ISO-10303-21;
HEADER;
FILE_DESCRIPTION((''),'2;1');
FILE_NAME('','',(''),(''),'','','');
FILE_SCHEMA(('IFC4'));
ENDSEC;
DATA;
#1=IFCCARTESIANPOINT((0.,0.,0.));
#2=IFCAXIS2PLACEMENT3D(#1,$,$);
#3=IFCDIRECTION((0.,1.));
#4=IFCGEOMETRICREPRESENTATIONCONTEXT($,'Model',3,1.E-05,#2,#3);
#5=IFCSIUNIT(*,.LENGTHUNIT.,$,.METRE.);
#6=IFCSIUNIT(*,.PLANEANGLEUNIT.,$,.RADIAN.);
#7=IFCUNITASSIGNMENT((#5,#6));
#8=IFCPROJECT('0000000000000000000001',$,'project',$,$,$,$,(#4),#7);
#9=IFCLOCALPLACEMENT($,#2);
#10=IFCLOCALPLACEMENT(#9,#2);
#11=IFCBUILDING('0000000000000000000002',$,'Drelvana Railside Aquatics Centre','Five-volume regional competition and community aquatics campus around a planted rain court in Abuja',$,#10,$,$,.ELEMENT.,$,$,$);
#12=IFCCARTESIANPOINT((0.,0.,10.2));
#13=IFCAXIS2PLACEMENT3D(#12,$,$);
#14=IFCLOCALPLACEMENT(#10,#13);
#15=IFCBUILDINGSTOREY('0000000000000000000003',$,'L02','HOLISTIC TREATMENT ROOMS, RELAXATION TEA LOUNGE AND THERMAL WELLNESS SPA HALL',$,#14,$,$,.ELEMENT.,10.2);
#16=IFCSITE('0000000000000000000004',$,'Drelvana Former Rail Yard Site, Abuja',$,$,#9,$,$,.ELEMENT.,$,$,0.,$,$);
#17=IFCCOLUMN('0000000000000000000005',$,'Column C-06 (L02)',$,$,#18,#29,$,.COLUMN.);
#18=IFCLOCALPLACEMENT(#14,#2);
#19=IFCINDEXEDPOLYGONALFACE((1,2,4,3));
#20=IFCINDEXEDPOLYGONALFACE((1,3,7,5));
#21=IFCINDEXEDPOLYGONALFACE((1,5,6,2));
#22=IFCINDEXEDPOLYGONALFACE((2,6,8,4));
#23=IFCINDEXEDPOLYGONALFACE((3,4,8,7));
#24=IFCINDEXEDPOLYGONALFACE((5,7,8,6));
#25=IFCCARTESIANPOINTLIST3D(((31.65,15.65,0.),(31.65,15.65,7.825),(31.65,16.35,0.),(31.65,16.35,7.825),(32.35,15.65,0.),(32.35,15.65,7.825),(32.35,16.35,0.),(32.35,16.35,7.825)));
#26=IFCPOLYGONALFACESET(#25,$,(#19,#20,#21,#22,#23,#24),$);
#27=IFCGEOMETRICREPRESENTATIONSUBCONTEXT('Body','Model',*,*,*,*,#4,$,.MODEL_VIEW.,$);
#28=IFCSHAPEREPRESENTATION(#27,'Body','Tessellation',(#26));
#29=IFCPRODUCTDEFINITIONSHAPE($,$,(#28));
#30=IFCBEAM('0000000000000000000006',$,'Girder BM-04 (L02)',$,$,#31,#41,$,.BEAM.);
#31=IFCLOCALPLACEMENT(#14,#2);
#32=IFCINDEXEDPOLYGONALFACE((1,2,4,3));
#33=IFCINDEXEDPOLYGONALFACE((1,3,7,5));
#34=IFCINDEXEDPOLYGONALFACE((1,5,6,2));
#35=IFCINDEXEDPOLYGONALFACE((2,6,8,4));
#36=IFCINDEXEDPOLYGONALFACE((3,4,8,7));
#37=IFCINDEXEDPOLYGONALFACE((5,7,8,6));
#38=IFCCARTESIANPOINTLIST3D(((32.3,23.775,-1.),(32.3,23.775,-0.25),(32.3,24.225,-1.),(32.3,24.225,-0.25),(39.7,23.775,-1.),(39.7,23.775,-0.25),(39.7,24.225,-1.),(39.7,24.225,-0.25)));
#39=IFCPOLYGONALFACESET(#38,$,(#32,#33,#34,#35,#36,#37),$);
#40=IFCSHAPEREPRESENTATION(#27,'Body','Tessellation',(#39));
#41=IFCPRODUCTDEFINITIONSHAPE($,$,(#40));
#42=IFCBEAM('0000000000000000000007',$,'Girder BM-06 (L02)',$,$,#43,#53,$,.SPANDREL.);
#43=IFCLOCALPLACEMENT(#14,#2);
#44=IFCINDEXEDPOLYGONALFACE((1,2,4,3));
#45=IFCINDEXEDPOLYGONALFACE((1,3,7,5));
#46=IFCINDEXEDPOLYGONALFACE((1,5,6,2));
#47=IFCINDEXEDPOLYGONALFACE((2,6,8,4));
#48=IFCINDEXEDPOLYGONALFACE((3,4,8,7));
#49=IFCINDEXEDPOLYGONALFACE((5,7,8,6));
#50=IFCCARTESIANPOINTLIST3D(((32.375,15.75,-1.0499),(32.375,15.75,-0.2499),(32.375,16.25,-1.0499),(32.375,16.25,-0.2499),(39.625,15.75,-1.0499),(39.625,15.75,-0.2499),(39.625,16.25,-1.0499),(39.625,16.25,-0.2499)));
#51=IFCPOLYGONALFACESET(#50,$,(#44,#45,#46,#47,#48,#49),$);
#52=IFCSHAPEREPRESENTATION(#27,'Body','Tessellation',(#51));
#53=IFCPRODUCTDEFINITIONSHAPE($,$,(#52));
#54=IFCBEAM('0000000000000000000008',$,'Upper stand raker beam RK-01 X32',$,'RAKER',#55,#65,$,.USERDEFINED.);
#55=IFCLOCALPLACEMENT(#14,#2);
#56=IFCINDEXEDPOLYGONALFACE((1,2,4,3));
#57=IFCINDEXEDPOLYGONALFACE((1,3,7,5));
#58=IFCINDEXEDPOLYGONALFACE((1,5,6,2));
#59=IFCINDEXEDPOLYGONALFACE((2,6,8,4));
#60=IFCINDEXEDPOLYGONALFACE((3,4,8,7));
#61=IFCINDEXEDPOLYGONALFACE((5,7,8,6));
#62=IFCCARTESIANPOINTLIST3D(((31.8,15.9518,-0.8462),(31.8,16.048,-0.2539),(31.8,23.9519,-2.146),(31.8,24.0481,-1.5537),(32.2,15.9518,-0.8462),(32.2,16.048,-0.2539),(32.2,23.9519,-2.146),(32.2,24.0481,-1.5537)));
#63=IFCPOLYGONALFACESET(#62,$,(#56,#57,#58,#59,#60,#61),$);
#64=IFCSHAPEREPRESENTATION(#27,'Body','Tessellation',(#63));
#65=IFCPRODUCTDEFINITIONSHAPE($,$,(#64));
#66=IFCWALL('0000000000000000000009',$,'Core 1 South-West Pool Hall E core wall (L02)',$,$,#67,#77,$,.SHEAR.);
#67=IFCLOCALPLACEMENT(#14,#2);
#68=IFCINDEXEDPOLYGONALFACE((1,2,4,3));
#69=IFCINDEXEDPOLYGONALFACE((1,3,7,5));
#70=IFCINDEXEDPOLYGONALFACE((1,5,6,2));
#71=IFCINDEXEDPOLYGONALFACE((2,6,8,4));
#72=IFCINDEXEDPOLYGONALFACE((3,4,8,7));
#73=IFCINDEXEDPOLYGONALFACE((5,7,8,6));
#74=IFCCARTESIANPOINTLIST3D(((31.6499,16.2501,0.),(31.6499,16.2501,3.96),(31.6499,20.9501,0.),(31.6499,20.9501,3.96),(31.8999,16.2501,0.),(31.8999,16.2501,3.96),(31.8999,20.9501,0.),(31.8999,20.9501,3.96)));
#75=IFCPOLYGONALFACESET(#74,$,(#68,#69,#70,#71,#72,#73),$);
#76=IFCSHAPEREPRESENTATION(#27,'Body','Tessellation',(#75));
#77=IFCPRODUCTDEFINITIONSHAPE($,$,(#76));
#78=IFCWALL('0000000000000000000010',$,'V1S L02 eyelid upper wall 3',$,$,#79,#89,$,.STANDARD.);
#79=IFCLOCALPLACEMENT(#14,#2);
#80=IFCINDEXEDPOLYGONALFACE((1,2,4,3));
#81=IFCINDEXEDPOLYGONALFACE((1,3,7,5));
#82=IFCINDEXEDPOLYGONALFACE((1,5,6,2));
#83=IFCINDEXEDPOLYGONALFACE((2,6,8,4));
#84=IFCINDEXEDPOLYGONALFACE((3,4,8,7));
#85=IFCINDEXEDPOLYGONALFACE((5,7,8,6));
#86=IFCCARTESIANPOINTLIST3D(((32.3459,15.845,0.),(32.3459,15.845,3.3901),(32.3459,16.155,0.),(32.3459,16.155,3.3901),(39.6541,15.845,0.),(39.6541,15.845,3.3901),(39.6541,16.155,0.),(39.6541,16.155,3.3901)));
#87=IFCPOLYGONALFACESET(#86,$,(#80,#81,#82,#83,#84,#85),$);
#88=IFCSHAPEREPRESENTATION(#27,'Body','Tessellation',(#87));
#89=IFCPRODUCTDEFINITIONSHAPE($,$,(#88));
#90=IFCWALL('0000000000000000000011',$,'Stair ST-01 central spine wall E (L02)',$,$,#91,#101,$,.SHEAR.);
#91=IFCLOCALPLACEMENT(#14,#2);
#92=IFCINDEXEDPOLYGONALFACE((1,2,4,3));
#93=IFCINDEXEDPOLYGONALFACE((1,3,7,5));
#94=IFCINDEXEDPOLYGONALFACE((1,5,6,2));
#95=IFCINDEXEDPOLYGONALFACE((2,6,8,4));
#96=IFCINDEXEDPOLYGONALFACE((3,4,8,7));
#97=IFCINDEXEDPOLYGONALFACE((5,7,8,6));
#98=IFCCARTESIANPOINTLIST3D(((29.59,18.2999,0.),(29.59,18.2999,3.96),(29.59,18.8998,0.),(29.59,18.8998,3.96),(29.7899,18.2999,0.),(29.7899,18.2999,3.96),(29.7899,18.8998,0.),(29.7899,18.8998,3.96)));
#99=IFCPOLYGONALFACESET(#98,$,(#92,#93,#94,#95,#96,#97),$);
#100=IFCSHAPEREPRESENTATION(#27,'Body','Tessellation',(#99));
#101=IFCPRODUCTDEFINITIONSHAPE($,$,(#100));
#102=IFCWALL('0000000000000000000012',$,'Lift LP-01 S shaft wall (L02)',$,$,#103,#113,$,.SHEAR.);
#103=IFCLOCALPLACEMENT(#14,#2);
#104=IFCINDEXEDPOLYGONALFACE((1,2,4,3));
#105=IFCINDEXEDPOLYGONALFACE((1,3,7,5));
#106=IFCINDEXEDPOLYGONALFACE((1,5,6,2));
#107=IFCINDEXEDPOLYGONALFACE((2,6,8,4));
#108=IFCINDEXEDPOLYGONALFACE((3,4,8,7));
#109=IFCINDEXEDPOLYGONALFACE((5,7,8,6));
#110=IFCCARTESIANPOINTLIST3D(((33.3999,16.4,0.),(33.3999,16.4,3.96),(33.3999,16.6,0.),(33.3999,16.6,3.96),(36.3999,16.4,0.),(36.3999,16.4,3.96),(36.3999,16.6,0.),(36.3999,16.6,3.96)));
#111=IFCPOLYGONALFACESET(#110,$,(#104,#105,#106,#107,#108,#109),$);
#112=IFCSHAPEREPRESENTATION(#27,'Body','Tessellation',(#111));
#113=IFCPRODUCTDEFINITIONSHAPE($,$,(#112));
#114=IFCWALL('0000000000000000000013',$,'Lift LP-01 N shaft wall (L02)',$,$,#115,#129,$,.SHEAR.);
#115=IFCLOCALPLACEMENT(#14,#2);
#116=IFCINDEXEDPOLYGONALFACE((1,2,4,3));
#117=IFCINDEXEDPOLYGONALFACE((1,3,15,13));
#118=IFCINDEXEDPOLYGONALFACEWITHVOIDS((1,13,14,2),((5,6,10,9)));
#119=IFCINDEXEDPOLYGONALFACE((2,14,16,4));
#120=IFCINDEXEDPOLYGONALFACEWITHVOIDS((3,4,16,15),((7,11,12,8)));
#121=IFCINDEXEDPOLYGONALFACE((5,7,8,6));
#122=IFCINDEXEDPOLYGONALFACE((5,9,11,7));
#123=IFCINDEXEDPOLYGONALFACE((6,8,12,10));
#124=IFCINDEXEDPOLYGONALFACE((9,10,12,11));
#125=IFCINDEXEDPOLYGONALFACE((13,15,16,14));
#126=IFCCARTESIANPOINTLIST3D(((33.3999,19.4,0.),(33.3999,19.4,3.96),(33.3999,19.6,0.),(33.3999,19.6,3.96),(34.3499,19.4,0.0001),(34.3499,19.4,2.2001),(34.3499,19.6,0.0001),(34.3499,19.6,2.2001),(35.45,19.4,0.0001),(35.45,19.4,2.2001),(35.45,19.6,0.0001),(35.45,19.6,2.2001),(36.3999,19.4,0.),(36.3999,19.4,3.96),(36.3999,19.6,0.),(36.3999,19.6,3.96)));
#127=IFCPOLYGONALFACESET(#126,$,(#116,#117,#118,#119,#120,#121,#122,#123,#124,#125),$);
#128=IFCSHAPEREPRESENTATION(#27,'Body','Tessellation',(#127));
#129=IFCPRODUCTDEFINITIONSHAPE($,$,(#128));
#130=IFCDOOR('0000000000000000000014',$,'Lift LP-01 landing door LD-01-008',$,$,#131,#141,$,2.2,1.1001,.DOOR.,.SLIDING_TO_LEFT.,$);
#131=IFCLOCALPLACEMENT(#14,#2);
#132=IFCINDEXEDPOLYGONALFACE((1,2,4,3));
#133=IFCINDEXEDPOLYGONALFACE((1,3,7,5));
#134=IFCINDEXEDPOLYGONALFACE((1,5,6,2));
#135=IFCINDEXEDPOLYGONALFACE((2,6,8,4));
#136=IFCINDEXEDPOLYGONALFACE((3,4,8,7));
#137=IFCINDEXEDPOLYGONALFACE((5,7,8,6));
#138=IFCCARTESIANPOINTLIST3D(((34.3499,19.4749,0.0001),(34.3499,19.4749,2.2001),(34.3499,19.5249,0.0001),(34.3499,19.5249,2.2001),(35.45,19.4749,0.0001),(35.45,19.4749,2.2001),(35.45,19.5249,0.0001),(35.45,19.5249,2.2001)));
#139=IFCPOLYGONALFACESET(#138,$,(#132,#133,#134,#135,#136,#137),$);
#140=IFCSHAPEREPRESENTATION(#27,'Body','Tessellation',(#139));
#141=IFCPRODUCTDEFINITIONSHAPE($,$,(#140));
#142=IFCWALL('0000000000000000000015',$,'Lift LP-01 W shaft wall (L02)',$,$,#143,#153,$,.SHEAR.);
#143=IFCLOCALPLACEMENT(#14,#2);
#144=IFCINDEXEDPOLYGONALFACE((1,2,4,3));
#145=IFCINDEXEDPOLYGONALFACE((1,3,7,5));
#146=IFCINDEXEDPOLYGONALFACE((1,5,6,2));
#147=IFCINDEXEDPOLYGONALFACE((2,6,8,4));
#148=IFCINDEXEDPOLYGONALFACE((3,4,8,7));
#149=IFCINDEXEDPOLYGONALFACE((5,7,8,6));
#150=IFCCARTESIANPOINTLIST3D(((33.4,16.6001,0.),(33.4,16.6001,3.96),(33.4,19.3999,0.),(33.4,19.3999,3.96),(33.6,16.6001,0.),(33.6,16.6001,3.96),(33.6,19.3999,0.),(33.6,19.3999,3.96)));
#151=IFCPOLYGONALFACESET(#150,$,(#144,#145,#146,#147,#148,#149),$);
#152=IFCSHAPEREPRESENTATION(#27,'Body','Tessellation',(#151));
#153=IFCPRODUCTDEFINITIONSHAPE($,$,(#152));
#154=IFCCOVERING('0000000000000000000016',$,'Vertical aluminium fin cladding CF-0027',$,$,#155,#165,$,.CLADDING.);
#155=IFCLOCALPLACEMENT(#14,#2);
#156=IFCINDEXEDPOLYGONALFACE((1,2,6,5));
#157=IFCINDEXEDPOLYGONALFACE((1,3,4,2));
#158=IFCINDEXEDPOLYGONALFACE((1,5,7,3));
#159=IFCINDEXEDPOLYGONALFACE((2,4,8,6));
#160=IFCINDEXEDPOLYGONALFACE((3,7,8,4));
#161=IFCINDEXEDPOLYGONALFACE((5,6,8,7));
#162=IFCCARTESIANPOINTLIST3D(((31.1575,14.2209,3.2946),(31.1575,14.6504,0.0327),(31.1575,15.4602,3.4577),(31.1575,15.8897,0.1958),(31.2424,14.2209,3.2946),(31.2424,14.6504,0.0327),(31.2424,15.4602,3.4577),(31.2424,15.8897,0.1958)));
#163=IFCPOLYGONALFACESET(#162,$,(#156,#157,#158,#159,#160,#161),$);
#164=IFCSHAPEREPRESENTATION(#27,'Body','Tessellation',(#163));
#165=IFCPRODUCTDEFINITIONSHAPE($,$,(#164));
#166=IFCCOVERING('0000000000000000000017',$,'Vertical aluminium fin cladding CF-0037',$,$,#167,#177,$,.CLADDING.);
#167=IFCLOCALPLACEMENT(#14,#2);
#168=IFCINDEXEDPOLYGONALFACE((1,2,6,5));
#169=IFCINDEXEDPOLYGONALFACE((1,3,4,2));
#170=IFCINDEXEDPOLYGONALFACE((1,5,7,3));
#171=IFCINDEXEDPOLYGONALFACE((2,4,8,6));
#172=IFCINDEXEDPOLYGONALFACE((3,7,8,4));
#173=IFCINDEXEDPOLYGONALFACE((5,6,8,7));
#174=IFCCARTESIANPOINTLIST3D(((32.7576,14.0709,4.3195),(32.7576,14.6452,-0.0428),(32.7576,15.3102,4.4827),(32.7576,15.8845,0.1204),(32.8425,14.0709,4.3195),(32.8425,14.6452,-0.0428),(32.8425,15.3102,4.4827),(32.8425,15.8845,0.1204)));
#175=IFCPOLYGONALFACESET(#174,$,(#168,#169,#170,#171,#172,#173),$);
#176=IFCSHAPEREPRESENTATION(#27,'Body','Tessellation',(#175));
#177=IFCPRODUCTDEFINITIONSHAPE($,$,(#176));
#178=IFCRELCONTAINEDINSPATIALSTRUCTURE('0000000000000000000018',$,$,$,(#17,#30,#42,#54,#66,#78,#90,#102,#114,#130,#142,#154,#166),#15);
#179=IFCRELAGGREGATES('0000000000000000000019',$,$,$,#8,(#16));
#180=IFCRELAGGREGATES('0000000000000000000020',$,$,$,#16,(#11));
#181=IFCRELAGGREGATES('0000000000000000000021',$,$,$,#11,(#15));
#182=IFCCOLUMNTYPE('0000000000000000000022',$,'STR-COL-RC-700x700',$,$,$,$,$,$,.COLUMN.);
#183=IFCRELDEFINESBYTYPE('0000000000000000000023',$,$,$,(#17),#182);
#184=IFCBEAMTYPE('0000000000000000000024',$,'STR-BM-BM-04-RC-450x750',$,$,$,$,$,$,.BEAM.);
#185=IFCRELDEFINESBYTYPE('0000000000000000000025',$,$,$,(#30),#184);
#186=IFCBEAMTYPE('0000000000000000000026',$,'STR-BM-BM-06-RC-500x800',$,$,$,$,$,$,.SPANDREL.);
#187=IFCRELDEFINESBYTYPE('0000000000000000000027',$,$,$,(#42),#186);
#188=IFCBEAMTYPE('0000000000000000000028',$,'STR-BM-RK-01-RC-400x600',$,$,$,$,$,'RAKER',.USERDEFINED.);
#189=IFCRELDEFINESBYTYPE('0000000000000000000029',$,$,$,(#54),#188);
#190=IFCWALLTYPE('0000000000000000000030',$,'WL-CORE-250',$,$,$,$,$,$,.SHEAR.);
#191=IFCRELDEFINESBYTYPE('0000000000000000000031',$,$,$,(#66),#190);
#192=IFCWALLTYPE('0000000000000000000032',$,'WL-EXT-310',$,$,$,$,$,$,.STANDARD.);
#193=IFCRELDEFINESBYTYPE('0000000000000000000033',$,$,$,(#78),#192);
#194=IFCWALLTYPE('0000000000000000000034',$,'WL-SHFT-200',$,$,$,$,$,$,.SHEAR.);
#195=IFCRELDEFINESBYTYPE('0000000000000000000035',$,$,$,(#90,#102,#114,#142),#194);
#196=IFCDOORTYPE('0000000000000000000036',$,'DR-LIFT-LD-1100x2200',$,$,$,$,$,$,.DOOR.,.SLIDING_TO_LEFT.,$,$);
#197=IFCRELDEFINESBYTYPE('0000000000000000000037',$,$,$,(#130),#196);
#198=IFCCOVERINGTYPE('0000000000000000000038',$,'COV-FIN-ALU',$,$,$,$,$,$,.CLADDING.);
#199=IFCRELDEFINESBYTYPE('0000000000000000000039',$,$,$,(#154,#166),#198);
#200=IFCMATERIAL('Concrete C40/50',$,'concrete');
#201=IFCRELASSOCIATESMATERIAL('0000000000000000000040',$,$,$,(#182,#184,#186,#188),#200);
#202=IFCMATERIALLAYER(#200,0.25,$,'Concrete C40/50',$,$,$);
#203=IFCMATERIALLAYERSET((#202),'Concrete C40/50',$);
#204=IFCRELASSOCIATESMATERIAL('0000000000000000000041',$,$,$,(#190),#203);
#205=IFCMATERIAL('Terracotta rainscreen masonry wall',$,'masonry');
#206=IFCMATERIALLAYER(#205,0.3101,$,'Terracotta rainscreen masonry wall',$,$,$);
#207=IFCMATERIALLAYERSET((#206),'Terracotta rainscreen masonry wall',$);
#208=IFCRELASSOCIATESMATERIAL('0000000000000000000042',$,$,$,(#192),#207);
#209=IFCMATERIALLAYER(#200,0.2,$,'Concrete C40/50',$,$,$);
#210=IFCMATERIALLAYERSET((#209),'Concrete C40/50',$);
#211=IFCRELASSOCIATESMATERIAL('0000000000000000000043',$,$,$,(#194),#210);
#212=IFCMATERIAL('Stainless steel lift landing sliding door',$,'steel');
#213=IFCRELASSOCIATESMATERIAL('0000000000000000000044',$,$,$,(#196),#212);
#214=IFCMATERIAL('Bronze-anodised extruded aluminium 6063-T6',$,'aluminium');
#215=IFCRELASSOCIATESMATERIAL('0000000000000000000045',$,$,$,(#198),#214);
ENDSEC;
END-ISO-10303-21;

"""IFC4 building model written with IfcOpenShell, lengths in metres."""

from ifc_helpers import new_model, si_unit, direction, frame, frame_2d, origin, origin_2d, place, context, subcontext, project, spatial, rectangle, extrude, material, layer, layer_set, material_profile, profile_set, type_object, element, fill, save


model = new_model("IFC4")

# Units and contexts
model_context = context("Model", 3, precision=1e-05, world=origin(), true_north=direction((0.0, 1.0)))
body_context = subcontext(model_context, "Body", "Model", "MODEL_VIEW")
ifc_project = project(units=[si_unit("LENGTHUNIT", "METRE"), si_unit("PLANEANGLEUNIT", "RADIAN")], contexts=[model_context])

# Site, building, storey
site_placement = place(None, origin())
site = spatial("IfcSite", under=ifc_project, at=site_placement, Name="Drelvana Former Rail Yard Site, Abuja", CompositionType="ELEMENT", RefElevation=0.0)
building_placement = place(site_placement, origin())
building = spatial("IfcBuilding", under=site, at=building_placement, Name="Drelvana Railside Aquatics Centre", Description="Five-volume regional competition and community aquatics campus around a planted rain court in Abuja", CompositionType="ELEMENT")
storey_placement = place(building_placement, frame((0.0, 0.0, 10.2)))
storey = spatial("IfcBuildingStorey", under=building, at=storey_placement, Name="L02", Description="HOLISTIC TREATMENT ROOMS, RELAXATION TEA LOUNGE AND THERMAL WELLNESS SPA HALL", CompositionType="ELEMENT", Elevation=10.2)

# Column
ifc_material_1 = material(Name="Concrete C40/50", Category="concrete")
ifc_material_profile_1 = material_profile(ifc_material_1, rectangle(XDim=0.7, YDim=0.7, at=origin_2d()), Name="RC 700x700")
ifc_profile_set_1 = profile_set([ifc_material_profile_1], Name="Concrete C40/50")
column_type = type_object("IfcColumnType", Name="STR-COL-RC-700x700", PredefinedType="COLUMN", material=ifc_profile_set_1)
column_placement = place(storey_placement, frame((32.0, 16.0, 0.0), z_axis=(0.0, 0.0, 1.0), x_axis=(1.0, 0.0, 0.0)))
element("IfcColumn", 1, at=column_placement, inside=storey, type_object=column_type, Name="Column C-06 (L02)", PredefinedType="COLUMN", context=body_context, shape_type="SweptSolid", body=[
    extrude(rectangle(XDim=0.7, YDim=0.7, at=origin_2d()), origin(), (0.0, 0.0, 1.0), 7.825),
])

# Beams
ifc_material_profile_2 = material_profile(ifc_material_1, rectangle(XDim=0.45, YDim=0.75, at=origin_2d()), Name="RC 450x750")
ifc_profile_set_2 = profile_set([ifc_material_profile_2], Name="Concrete C40/50")
beam_type_1 = type_object("IfcBeamType", Name="STR-BM-BM-04-RC-450x750", PredefinedType="BEAM", material=ifc_profile_set_2)
beam_1_placement = place(storey_placement, frame((32.3, 24.0, -0.625), z_axis=(1.0, 0.0, 0.0), x_axis=(0.0, 1.0, 0.0)))
element("IfcBeam", 2, at=beam_1_placement, inside=storey, type_object=beam_type_1, Name="Girder BM-04 (L02)", PredefinedType="BEAM", context=body_context, shape_type="SweptSolid", body=[
    extrude(rectangle(XDim=0.45, YDim=0.75, at=origin_2d()), origin(), (0.0, 0.0, 1.0), 7.3999),
])
ifc_material_profile_3 = material_profile(ifc_material_1, rectangle(XDim=0.5, YDim=0.8, at=origin_2d()), Name="RC 500x800")
ifc_profile_set_3 = profile_set([ifc_material_profile_3], Name="Concrete C40/50")
beam_type_2 = type_object("IfcBeamType", Name="STR-BM-BM-06-RC-500x800", PredefinedType="SPANDREL", material=ifc_profile_set_3)
beam_2_placement = place(storey_placement, frame((32.375, 16.0, -0.6499), z_axis=(1.0, 0.0, 0.0), x_axis=(0.0, 1.0, 0.0)))
element("IfcBeam", 3, at=beam_2_placement, inside=storey, type_object=beam_type_2, Name="Girder BM-06 (L02)", PredefinedType="SPANDREL", context=body_context, shape_type="SweptSolid", body=[
    extrude(rectangle(XDim=0.5, YDim=0.8, at=origin_2d()), origin(), (0.0, 0.0, 1.0), 7.25),
])
ifc_material_profile_4 = material_profile(ifc_material_1, rectangle(XDim=0.3999, YDim=0.6001, at=origin_2d()), Name="RC 400x600")
ifc_profile_set_4 = profile_set([ifc_material_profile_4], Name="Concrete C40/50")
beam_type_3 = type_object("IfcBeamType", Name="STR-BM-RK-01-RC-400x600", ElementType="RAKER", PredefinedType="USERDEFINED", material=ifc_profile_set_4)
beam_3_placement = place(storey_placement, frame((32.0, 24.0, -1.8499), z_axis=(0.0, -0.987057, 0.160373), x_axis=(1.0, 0.0, 0.0)))
element("IfcBeam", 4, at=beam_3_placement, inside=storey, type_object=beam_type_3, Name="Upper stand raker beam RK-01 X32", ObjectType="RAKER", PredefinedType="USERDEFINED", context=body_context, shape_type="SweptSolid", body=[
    extrude(rectangle(XDim=0.3999, YDim=0.6001, at=origin_2d()), origin(), (0.0, 0.0, 1.0), 8.105),
])

# Walls
ifc_layer_1 = layer(ifc_material_1, 0.25, Name="Concrete C40/50")
ifc_layer_set_1 = layer_set([ifc_layer_1], Name="Concrete C40/50")
wall_type_1 = type_object("IfcWallType", Name="WL-CORE-250", PredefinedType="SHEAR", material=ifc_layer_set_1)
wall_1_placement = place(storey_placement, frame((31.7749, 16.25, 0.0), z_axis=(0.0, 0.0, 1.0), x_axis=(0.0, 1.0, 0.0)))
element("IfcWall", 5, at=wall_1_placement, inside=storey, type_object=wall_type_1, Name="Core 1 South-West Pool Hall E core wall (L02)", PredefinedType="SHEAR", context=body_context, shape_type="SweptSolid", body=[
    extrude(rectangle(XDim=4.7, YDim=0.25, at=frame_2d((2.3501, 0.0))), origin(), (0.0, 0.0, 1.0), 3.96),
])
ifc_material_2 = material(Name="Terracotta rainscreen masonry wall", Category="masonry")
ifc_layer_2 = layer(ifc_material_2, 0.3101, Name="Terracotta rainscreen masonry wall")
ifc_layer_set_2 = layer_set([ifc_layer_2], Name="Terracotta rainscreen masonry wall")
wall_type_2 = type_object("IfcWallType", Name="WL-EXT-310", PredefinedType="STANDARD", material=ifc_layer_set_2)
wall_2_placement = place(storey_placement, frame((32.3459, 16.0, 0.0), z_axis=(0.0, 0.0, 1.0), x_axis=(1.0, 0.0, 0.0)))
element("IfcWall", 6, at=wall_2_placement, inside=storey, type_object=wall_type_2, Name="V1S L02 eyelid upper wall 3", PredefinedType="STANDARD", context=body_context, shape_type="SweptSolid", body=[
    extrude(rectangle(XDim=7.3081, YDim=0.3101, at=frame_2d((3.6541, 0.0))), origin(), (0.0, 0.0, 1.0), 3.3901),
])
ifc_layer_3 = layer(ifc_material_1, 0.2, Name="Concrete C40/50")
ifc_layer_set_3 = layer_set([ifc_layer_3], Name="Concrete C40/50")
wall_type_3 = type_object("IfcWallType", Name="WL-SHFT-200", PredefinedType="SHEAR", material=ifc_layer_set_3)
wall_3_placement = place(storey_placement, frame((29.6899, 18.3, 0.0), z_axis=(0.0, 0.0, 1.0), x_axis=(0.0, 1.0, 0.0)))
element("IfcWall", 7, at=wall_3_placement, inside=storey, type_object=wall_type_3, Name="Stair ST-01 central spine wall E (L02)", PredefinedType="SHEAR", context=body_context, shape_type="SweptSolid", body=[
    extrude(rectangle(XDim=0.5999, YDim=0.2, at=frame_2d((0.2998, 0.0))), origin(), (0.0, 0.0, 1.0), 3.96),
])
wall_4_placement = place(storey_placement, frame((33.3999, 16.5, 0.0), z_axis=(0.0, 0.0, 1.0), x_axis=(1.0, 0.0, 0.0)))
element("IfcWall", 8, at=wall_4_placement, inside=storey, type_object=wall_type_3, Name="Lift LP-01 S shaft wall (L02)", PredefinedType="SHEAR", context=body_context, shape_type="SweptSolid", body=[
    extrude(rectangle(XDim=3.0, YDim=0.2, at=frame_2d((1.5, 0.0))), origin(), (0.0, 0.0, 1.0), 3.96),
])

# Wall, opening, door
wall_5_placement = place(storey_placement, frame((33.3999, 19.5, 0.0), z_axis=(0.0, 0.0, 1.0), x_axis=(1.0, 0.0, 0.0)))
wall_5 = element("IfcWall", 9, at=wall_5_placement, inside=storey, type_object=wall_type_3, Name="Lift LP-01 N shaft wall (L02)", PredefinedType="SHEAR", context=body_context, shape_type="SweptSolid", body=[
    extrude(rectangle(XDim=3.0, YDim=0.2, at=frame_2d((1.5, 0.0))), origin(), (0.0, 0.0, 1.0), 3.96),
])
opening_placement = place(wall_5_placement, frame((0.95, 0.0, 0.0)))
opening = element("IfcOpeningElement", 10, at=opening_placement, cuts=wall_5, PredefinedType="OPENING", context=body_context, shape_type="SweptSolid", body=[
    extrude(rectangle(XDim=1.1001, YDim=2.2, at=frame_2d((0.55, 1.1001))), frame((0.0, 0.1099, 0.0), z_axis=(0.0, -1.0, 0.0), x_axis=(1.0, 0.0, 0.0)), (0.0, 0.0, 1.0), 0.22),
])
ifc_material_3 = material(Name="Stainless steel lift landing sliding door", Category="steel")
door_type = type_object("IfcDoorType", Name="DR-LIFT-LD-1100x2200", OperationType="SLIDING_TO_LEFT", PredefinedType="DOOR", material=ifc_material_3)
door_placement = place(opening_placement, origin())
door = element("IfcDoor", 11, at=door_placement, inside=storey, type_object=door_type, Name="Lift LP-01 landing door LD-01-008", OperationType="SLIDING_TO_LEFT", OverallHeight=2.2, OverallWidth=1.1001, PredefinedType="DOOR", context=body_context, shape_type="SweptSolid", body=[
    extrude(rectangle(XDim=1.1001, YDim=2.2, at=frame_2d((0.55, 1.1001))), frame((0.0, 0.0249, 0.0), z_axis=(0.0, -1.0, 0.0), x_axis=(1.0, 0.0, 0.0)), (0.0, 0.0, 1.0), 0.05),
])
fill(opening, door)

# Wall
wall_6_placement = place(storey_placement, frame((33.5, 16.6001, 0.0), z_axis=(0.0, 0.0, 1.0), x_axis=(0.0, 1.0, 0.0)))
element("IfcWall", 12, at=wall_6_placement, inside=storey, type_object=wall_type_3, Name="Lift LP-01 W shaft wall (L02)", PredefinedType="SHEAR", context=body_context, shape_type="SweptSolid", body=[
    extrude(rectangle(XDim=2.7998, YDim=0.2, at=frame_2d((1.3999, 0.0))), origin(), (0.0, 0.0, 1.0), 3.96),
])

# Coverings
ifc_material_4 = material(Name="Bronze-anodised extruded aluminium 6063-T6", Category="aluminium")
covering_type = type_object("IfcCoveringType", Name="COV-FIN-ALU", PredefinedType="CLADDING", material=ifc_material_4)
covering_placement = place(storey_placement, frame((31.2, 15.27, 0.1143), z_axis=(0.0, -0.130526, 0.991445), x_axis=(-1.0, 0.0, 0.0)))
element("IfcCovering", 13, at=covering_placement, inside=storey, type_object=covering_type, Name="Vertical aluminium fin cladding CF-0027", PredefinedType="CLADDING", context=body_context, shape_type="SweptSolid", body=[
    extrude(rectangle(XDim=0.085, YDim=1.25, at=origin_2d()), origin(), (0.0, 0.0, 1.0), 3.29),
])
for number, where, z_axis, x_axis, name in (
    (14, (32.8, 15.2649, 0.0388), (0.0, -0.130526, 0.991445), (-1.0, 0.0, 0.0), "Vertical aluminium fin cladding CF-0037"),
):
    element("IfcCovering", number, at=place(storey_placement, frame(where, z_axis=z_axis, x_axis=x_axis)), inside=storey, type_object=covering_type, Name=name, PredefinedType="CLADDING", context=body_context, shape_type="SweptSolid", body=[
        extrude(rectangle(XDim=0.085, YDim=1.25, at=origin_2d()), origin(), (0.0, 0.0, 1.0), 4.3999),
    ])

save(model, "model.ifc")
